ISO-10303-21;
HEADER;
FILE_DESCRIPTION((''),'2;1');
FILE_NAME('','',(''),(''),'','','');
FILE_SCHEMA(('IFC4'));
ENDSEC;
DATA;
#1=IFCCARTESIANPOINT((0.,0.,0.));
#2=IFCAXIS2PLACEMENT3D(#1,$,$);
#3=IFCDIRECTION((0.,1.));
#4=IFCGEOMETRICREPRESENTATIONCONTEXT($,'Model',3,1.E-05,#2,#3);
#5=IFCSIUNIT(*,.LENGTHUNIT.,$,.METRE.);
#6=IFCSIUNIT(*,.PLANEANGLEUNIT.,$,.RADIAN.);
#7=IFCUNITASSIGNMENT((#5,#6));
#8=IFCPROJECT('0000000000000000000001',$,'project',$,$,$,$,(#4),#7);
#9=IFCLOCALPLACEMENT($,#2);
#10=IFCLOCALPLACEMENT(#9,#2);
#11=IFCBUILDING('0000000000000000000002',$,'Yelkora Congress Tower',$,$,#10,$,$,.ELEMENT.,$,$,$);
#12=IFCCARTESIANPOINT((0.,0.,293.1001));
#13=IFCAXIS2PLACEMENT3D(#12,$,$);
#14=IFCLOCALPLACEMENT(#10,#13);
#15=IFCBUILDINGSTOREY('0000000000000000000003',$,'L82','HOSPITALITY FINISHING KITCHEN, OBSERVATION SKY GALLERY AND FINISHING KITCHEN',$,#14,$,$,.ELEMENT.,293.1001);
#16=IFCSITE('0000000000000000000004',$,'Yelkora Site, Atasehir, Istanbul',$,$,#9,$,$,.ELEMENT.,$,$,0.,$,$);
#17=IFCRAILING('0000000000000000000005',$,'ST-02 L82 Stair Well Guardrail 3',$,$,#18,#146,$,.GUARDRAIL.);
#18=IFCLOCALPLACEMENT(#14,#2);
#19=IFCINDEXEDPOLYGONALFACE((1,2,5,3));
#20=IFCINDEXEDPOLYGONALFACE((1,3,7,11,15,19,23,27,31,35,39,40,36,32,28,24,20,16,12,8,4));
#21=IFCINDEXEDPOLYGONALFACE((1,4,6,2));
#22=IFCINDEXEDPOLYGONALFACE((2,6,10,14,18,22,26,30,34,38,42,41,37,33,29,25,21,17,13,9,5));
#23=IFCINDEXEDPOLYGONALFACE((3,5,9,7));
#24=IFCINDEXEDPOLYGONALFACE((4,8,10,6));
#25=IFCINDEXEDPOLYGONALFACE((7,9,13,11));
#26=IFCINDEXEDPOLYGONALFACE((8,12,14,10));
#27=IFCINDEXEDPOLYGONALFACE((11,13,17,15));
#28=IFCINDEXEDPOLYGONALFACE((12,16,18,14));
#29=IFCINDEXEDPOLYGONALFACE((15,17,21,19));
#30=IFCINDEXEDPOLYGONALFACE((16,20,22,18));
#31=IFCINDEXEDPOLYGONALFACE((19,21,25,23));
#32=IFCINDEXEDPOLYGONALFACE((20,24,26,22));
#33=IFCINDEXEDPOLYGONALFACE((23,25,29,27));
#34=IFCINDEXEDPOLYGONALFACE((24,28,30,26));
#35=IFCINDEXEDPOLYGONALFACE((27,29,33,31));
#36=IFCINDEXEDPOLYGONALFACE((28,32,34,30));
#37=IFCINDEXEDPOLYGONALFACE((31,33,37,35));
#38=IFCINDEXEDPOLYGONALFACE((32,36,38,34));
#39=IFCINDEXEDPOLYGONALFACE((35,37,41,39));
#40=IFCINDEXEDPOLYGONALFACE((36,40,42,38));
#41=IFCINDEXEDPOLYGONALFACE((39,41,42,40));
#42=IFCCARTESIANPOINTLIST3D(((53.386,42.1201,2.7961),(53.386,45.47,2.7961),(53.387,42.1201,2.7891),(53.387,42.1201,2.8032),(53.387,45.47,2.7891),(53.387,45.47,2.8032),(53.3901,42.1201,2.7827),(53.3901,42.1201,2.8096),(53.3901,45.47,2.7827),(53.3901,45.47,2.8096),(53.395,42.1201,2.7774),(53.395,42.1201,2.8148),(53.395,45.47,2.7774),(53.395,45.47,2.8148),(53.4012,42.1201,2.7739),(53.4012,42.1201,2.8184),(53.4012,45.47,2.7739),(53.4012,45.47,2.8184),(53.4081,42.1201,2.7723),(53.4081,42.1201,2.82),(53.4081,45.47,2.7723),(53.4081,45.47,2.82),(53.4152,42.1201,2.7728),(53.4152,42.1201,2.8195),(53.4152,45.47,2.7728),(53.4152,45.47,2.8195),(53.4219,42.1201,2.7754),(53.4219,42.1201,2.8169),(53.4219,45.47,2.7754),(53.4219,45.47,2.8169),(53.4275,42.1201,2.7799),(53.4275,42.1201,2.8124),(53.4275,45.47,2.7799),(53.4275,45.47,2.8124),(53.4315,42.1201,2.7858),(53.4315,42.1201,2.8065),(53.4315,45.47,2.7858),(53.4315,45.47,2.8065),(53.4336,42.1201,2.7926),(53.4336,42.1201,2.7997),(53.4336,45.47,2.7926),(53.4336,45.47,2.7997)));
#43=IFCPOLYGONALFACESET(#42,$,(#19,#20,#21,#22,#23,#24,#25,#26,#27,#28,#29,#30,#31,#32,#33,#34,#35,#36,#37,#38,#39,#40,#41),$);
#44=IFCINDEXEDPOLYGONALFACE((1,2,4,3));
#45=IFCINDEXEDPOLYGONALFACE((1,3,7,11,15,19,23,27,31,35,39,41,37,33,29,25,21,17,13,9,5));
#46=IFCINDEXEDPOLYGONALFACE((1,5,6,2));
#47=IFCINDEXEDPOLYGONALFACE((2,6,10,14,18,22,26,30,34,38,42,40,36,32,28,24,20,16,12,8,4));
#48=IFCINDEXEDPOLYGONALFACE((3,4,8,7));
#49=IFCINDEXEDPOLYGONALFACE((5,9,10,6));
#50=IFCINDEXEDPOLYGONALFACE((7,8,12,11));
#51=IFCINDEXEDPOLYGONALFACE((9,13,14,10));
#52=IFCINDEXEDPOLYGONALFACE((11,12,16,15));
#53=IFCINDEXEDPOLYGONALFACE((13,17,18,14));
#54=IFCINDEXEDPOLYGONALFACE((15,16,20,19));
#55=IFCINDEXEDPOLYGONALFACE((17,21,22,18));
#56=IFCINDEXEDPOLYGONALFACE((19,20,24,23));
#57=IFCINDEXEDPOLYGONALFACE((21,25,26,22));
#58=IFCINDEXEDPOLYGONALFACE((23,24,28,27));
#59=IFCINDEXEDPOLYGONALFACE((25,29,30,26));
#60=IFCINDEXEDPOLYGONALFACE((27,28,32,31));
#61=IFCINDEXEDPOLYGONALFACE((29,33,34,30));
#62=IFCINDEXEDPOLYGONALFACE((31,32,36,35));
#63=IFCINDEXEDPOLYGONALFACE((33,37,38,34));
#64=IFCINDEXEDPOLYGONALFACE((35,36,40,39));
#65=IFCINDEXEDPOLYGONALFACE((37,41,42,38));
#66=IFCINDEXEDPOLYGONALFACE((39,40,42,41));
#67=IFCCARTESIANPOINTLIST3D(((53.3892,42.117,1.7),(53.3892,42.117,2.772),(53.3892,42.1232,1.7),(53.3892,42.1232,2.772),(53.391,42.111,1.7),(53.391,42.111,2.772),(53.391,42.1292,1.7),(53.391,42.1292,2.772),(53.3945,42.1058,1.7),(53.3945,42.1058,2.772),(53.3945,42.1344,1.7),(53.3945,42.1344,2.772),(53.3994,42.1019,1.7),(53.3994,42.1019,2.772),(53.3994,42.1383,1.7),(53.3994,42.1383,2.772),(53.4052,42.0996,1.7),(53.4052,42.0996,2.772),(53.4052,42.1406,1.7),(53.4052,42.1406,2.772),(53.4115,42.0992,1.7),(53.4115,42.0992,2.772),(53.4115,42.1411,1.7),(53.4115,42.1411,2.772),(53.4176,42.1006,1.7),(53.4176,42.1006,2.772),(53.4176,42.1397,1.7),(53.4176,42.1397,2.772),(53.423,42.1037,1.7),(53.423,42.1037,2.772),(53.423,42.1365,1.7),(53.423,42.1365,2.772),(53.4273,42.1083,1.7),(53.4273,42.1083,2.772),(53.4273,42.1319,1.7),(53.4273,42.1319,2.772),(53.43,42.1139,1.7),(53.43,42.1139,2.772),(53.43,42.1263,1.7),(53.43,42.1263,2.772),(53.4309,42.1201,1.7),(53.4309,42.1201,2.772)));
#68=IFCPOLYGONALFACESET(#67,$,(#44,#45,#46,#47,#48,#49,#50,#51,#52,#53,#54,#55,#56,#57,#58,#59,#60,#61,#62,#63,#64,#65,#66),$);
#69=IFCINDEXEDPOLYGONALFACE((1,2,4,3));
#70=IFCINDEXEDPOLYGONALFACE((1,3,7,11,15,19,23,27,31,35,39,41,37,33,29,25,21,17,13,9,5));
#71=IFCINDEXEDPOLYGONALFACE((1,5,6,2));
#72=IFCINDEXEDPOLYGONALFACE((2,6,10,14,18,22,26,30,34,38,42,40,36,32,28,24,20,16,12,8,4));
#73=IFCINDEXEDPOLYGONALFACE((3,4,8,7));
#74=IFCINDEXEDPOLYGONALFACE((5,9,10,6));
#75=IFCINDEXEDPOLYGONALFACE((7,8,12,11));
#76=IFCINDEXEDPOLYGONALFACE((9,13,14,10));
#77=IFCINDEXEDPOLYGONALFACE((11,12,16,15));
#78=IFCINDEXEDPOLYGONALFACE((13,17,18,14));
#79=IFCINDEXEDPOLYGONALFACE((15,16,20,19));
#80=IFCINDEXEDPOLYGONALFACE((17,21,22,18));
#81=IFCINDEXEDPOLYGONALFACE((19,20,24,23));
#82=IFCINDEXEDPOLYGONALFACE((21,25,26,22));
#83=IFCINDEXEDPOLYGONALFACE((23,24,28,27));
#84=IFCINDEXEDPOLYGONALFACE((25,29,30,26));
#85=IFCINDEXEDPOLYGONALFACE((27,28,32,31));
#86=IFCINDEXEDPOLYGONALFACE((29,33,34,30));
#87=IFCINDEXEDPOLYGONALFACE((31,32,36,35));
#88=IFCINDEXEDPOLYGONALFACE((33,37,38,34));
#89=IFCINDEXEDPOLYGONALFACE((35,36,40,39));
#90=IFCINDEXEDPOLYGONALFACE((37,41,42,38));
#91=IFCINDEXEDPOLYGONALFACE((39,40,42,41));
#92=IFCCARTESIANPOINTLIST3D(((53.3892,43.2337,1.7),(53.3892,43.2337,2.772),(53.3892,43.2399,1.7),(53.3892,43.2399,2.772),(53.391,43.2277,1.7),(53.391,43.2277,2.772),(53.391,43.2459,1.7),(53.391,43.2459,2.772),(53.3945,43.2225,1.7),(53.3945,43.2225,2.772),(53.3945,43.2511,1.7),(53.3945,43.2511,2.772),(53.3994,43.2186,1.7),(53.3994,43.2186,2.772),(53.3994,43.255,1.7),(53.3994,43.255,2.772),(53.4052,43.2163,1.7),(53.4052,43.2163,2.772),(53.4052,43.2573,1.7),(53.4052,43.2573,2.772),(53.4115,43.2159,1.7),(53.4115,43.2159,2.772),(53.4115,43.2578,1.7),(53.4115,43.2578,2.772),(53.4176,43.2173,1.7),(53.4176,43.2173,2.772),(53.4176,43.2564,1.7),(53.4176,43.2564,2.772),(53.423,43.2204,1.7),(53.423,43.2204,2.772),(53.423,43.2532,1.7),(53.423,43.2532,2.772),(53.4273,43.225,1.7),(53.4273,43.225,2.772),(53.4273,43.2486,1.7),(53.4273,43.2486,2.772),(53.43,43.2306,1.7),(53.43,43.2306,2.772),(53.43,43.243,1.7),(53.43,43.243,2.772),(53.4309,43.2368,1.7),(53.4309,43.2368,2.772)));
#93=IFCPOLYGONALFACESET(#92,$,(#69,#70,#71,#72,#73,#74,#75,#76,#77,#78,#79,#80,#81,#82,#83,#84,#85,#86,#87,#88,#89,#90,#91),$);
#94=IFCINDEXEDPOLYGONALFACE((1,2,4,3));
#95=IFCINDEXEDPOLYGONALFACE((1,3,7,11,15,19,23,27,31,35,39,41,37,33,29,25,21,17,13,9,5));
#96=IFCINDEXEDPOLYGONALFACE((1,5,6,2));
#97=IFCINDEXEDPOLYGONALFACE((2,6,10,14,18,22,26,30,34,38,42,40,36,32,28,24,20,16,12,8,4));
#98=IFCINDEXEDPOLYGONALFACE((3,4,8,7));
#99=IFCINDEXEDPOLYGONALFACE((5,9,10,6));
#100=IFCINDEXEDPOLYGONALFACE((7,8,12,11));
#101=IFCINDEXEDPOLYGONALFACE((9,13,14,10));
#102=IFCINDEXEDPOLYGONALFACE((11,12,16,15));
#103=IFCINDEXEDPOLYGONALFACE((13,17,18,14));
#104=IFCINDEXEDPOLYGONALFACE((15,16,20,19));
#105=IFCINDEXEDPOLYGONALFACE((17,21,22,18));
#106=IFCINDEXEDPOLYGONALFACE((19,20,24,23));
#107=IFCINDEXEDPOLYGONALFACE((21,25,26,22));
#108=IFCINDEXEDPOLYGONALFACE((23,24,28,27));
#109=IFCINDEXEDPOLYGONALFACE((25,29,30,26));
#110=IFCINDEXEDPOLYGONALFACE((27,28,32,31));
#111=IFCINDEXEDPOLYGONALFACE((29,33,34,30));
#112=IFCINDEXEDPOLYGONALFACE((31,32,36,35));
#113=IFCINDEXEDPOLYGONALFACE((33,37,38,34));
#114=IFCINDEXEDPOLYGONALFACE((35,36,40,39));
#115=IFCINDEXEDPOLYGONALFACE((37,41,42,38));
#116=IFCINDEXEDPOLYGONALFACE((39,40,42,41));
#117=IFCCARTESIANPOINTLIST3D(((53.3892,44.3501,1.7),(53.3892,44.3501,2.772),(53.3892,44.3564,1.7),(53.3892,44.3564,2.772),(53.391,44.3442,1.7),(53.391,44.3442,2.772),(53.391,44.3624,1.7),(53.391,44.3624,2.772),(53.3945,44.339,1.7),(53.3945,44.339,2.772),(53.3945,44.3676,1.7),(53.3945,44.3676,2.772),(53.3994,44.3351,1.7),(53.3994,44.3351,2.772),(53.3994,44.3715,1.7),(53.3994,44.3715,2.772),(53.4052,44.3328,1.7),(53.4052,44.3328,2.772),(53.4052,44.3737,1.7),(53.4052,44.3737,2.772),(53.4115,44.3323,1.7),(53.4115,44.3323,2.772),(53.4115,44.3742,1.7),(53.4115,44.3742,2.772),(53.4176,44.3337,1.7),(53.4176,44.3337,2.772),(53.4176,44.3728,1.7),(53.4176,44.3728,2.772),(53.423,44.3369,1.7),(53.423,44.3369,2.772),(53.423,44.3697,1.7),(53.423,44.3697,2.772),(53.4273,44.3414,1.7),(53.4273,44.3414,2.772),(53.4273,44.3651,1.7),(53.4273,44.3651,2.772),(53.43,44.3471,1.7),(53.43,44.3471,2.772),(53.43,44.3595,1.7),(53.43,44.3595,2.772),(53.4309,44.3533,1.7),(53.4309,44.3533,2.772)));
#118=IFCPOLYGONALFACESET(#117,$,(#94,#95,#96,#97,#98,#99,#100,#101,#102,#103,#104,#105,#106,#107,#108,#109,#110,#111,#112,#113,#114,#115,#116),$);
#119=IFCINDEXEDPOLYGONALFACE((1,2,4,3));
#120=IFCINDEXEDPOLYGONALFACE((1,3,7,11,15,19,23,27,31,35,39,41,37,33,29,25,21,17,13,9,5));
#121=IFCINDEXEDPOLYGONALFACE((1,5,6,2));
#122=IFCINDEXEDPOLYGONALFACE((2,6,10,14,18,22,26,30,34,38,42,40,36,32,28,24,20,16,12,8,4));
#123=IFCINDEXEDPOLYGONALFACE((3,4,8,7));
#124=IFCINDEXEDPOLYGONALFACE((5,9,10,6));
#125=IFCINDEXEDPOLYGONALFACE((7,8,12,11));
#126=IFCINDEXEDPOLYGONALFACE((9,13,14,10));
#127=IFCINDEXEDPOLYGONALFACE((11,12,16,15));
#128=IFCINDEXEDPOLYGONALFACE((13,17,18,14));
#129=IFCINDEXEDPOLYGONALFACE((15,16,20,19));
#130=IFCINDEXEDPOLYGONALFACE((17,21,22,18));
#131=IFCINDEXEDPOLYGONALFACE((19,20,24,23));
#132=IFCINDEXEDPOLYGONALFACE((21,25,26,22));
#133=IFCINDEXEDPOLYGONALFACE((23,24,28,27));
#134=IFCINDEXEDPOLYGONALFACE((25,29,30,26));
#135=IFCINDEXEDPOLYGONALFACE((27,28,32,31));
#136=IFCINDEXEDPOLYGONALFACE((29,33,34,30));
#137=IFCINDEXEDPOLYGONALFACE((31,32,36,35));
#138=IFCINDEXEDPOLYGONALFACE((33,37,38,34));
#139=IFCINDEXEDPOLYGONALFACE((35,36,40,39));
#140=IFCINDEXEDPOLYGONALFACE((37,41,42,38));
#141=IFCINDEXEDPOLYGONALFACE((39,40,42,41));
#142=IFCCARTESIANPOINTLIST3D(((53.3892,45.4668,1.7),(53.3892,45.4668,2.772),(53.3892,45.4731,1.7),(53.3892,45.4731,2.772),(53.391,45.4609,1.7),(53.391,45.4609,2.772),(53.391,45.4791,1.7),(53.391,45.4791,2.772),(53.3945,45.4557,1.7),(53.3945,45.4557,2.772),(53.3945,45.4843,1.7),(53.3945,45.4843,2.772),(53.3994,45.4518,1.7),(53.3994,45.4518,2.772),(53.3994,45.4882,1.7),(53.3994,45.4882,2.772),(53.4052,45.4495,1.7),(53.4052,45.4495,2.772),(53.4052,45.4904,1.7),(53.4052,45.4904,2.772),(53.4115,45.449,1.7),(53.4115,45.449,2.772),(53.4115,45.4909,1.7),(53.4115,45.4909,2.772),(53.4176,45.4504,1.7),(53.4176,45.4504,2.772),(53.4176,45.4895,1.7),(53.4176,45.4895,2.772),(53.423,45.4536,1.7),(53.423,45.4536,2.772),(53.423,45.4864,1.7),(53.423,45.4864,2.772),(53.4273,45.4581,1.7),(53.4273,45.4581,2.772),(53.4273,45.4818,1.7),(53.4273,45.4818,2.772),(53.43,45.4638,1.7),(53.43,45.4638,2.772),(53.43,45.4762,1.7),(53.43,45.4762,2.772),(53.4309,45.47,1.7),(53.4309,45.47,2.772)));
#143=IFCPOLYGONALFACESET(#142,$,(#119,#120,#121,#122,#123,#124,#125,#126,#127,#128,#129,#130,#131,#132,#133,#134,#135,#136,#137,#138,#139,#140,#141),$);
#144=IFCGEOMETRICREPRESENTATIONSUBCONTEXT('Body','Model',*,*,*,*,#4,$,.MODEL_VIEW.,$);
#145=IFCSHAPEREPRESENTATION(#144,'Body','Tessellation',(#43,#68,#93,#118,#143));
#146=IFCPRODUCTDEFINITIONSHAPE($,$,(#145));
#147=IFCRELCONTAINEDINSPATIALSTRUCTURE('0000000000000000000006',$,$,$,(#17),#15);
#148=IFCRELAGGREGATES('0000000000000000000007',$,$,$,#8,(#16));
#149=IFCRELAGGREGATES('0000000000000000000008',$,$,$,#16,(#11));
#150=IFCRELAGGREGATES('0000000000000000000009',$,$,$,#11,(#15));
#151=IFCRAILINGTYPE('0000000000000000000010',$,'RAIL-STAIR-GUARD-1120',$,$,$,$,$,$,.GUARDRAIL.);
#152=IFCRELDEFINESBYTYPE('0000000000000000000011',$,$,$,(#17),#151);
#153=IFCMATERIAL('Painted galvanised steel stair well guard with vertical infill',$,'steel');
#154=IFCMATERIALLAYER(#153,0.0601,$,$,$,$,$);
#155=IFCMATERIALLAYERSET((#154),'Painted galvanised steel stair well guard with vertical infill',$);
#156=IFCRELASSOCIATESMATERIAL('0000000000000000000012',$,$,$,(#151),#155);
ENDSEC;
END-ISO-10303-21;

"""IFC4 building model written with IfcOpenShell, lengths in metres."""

from ifc_helpers import new_model, si_unit, direction, frame, origin, origin_2d, place, context, subcontext, project, spatial, circle, extrude, material, layer, layer_set, type_object, element, save


model = new_model("IFC4")

# Units and contexts
model_context = context("Model", 3, precision=1e-05, world=origin(), true_north=direction((0.0, 1.0)))
body_context = subcontext(model_context, "Body", "Model", "MODEL_VIEW")
ifc_project = project(units=[si_unit("LENGTHUNIT", "METRE"), si_unit("PLANEANGLEUNIT", "RADIAN")], contexts=[model_context])

# Site, building, storey
site_placement = place(None, origin())
site = spatial("IfcSite", under=ifc_project, at=site_placement, Name="Yelkora Site, Atasehir, Istanbul", CompositionType="ELEMENT", RefElevation=0.0)
building_placement = place(site_placement, origin())
building = spatial("IfcBuilding", under=site, at=building_placement, Name="Yelkora Congress Tower", CompositionType="ELEMENT")
storey_placement = place(building_placement, frame((0.0, 0.0, 293.1001)))
storey = spatial("IfcBuildingStorey", under=building, at=storey_placement, Name="L82", Description="HOSPITALITY FINISHING KITCHEN, OBSERVATION SKY GALLERY AND FINISHING KITCHEN", CompositionType="ELEMENT", Elevation=293.1001)

# Railing
ifc_material_1 = material(Name="Painted galvanised steel stair well guard with vertical infill", Category="steel")
ifc_layer_1 = layer(ifc_material_1, 0.0601)
ifc_layer_set_1 = layer_set([ifc_layer_1], Name="Painted galvanised steel stair well guard with vertical infill")
railing_type = type_object("IfcRailingType", Name="RAIL-STAIR-GUARD-1120", PredefinedType="GUARDRAIL", material=ifc_layer_set_1)
railing_1_placement = place(storey_placement, frame((53.4099, 42.1201, 1.7)))
element("IfcRailing", 1, at=railing_1_placement, inside=storey, type_object=railing_type, Name="ST-02 L82 Stair Well Guardrail 3", PredefinedType="GUARDRAIL", context=body_context, shape_type="SweptSolid", body=[
    extrude(circle(Radius=0.0239, at=origin_2d()), frame((0.0, 0.0, 1.0962), z_axis=(0.0, 1.0, 0.0), x_axis=(-1.0, 0.0, 0.0)), (0.0, 0.0, 1.0), 3.3499),
    extrude(circle(Radius=0.021, at=origin_2d()), origin(), (0.0, 0.0, 1.0), 1.072),
    extrude(circle(Radius=0.021, at=origin_2d()), frame((0.0, 1.1167, 0.0)), (0.0, 0.0, 1.0), 1.072),
    extrude(circle(Radius=0.021, at=origin_2d()), frame((0.0, 2.2332, 0.0)), (0.0, 0.0, 1.0), 1.072),
    extrude(circle(Radius=0.021, at=origin_2d()), frame((0.0, 3.3499, 0.0)), (0.0, 0.0, 1.0), 1.072),
])

save(model, "model.ifc")
